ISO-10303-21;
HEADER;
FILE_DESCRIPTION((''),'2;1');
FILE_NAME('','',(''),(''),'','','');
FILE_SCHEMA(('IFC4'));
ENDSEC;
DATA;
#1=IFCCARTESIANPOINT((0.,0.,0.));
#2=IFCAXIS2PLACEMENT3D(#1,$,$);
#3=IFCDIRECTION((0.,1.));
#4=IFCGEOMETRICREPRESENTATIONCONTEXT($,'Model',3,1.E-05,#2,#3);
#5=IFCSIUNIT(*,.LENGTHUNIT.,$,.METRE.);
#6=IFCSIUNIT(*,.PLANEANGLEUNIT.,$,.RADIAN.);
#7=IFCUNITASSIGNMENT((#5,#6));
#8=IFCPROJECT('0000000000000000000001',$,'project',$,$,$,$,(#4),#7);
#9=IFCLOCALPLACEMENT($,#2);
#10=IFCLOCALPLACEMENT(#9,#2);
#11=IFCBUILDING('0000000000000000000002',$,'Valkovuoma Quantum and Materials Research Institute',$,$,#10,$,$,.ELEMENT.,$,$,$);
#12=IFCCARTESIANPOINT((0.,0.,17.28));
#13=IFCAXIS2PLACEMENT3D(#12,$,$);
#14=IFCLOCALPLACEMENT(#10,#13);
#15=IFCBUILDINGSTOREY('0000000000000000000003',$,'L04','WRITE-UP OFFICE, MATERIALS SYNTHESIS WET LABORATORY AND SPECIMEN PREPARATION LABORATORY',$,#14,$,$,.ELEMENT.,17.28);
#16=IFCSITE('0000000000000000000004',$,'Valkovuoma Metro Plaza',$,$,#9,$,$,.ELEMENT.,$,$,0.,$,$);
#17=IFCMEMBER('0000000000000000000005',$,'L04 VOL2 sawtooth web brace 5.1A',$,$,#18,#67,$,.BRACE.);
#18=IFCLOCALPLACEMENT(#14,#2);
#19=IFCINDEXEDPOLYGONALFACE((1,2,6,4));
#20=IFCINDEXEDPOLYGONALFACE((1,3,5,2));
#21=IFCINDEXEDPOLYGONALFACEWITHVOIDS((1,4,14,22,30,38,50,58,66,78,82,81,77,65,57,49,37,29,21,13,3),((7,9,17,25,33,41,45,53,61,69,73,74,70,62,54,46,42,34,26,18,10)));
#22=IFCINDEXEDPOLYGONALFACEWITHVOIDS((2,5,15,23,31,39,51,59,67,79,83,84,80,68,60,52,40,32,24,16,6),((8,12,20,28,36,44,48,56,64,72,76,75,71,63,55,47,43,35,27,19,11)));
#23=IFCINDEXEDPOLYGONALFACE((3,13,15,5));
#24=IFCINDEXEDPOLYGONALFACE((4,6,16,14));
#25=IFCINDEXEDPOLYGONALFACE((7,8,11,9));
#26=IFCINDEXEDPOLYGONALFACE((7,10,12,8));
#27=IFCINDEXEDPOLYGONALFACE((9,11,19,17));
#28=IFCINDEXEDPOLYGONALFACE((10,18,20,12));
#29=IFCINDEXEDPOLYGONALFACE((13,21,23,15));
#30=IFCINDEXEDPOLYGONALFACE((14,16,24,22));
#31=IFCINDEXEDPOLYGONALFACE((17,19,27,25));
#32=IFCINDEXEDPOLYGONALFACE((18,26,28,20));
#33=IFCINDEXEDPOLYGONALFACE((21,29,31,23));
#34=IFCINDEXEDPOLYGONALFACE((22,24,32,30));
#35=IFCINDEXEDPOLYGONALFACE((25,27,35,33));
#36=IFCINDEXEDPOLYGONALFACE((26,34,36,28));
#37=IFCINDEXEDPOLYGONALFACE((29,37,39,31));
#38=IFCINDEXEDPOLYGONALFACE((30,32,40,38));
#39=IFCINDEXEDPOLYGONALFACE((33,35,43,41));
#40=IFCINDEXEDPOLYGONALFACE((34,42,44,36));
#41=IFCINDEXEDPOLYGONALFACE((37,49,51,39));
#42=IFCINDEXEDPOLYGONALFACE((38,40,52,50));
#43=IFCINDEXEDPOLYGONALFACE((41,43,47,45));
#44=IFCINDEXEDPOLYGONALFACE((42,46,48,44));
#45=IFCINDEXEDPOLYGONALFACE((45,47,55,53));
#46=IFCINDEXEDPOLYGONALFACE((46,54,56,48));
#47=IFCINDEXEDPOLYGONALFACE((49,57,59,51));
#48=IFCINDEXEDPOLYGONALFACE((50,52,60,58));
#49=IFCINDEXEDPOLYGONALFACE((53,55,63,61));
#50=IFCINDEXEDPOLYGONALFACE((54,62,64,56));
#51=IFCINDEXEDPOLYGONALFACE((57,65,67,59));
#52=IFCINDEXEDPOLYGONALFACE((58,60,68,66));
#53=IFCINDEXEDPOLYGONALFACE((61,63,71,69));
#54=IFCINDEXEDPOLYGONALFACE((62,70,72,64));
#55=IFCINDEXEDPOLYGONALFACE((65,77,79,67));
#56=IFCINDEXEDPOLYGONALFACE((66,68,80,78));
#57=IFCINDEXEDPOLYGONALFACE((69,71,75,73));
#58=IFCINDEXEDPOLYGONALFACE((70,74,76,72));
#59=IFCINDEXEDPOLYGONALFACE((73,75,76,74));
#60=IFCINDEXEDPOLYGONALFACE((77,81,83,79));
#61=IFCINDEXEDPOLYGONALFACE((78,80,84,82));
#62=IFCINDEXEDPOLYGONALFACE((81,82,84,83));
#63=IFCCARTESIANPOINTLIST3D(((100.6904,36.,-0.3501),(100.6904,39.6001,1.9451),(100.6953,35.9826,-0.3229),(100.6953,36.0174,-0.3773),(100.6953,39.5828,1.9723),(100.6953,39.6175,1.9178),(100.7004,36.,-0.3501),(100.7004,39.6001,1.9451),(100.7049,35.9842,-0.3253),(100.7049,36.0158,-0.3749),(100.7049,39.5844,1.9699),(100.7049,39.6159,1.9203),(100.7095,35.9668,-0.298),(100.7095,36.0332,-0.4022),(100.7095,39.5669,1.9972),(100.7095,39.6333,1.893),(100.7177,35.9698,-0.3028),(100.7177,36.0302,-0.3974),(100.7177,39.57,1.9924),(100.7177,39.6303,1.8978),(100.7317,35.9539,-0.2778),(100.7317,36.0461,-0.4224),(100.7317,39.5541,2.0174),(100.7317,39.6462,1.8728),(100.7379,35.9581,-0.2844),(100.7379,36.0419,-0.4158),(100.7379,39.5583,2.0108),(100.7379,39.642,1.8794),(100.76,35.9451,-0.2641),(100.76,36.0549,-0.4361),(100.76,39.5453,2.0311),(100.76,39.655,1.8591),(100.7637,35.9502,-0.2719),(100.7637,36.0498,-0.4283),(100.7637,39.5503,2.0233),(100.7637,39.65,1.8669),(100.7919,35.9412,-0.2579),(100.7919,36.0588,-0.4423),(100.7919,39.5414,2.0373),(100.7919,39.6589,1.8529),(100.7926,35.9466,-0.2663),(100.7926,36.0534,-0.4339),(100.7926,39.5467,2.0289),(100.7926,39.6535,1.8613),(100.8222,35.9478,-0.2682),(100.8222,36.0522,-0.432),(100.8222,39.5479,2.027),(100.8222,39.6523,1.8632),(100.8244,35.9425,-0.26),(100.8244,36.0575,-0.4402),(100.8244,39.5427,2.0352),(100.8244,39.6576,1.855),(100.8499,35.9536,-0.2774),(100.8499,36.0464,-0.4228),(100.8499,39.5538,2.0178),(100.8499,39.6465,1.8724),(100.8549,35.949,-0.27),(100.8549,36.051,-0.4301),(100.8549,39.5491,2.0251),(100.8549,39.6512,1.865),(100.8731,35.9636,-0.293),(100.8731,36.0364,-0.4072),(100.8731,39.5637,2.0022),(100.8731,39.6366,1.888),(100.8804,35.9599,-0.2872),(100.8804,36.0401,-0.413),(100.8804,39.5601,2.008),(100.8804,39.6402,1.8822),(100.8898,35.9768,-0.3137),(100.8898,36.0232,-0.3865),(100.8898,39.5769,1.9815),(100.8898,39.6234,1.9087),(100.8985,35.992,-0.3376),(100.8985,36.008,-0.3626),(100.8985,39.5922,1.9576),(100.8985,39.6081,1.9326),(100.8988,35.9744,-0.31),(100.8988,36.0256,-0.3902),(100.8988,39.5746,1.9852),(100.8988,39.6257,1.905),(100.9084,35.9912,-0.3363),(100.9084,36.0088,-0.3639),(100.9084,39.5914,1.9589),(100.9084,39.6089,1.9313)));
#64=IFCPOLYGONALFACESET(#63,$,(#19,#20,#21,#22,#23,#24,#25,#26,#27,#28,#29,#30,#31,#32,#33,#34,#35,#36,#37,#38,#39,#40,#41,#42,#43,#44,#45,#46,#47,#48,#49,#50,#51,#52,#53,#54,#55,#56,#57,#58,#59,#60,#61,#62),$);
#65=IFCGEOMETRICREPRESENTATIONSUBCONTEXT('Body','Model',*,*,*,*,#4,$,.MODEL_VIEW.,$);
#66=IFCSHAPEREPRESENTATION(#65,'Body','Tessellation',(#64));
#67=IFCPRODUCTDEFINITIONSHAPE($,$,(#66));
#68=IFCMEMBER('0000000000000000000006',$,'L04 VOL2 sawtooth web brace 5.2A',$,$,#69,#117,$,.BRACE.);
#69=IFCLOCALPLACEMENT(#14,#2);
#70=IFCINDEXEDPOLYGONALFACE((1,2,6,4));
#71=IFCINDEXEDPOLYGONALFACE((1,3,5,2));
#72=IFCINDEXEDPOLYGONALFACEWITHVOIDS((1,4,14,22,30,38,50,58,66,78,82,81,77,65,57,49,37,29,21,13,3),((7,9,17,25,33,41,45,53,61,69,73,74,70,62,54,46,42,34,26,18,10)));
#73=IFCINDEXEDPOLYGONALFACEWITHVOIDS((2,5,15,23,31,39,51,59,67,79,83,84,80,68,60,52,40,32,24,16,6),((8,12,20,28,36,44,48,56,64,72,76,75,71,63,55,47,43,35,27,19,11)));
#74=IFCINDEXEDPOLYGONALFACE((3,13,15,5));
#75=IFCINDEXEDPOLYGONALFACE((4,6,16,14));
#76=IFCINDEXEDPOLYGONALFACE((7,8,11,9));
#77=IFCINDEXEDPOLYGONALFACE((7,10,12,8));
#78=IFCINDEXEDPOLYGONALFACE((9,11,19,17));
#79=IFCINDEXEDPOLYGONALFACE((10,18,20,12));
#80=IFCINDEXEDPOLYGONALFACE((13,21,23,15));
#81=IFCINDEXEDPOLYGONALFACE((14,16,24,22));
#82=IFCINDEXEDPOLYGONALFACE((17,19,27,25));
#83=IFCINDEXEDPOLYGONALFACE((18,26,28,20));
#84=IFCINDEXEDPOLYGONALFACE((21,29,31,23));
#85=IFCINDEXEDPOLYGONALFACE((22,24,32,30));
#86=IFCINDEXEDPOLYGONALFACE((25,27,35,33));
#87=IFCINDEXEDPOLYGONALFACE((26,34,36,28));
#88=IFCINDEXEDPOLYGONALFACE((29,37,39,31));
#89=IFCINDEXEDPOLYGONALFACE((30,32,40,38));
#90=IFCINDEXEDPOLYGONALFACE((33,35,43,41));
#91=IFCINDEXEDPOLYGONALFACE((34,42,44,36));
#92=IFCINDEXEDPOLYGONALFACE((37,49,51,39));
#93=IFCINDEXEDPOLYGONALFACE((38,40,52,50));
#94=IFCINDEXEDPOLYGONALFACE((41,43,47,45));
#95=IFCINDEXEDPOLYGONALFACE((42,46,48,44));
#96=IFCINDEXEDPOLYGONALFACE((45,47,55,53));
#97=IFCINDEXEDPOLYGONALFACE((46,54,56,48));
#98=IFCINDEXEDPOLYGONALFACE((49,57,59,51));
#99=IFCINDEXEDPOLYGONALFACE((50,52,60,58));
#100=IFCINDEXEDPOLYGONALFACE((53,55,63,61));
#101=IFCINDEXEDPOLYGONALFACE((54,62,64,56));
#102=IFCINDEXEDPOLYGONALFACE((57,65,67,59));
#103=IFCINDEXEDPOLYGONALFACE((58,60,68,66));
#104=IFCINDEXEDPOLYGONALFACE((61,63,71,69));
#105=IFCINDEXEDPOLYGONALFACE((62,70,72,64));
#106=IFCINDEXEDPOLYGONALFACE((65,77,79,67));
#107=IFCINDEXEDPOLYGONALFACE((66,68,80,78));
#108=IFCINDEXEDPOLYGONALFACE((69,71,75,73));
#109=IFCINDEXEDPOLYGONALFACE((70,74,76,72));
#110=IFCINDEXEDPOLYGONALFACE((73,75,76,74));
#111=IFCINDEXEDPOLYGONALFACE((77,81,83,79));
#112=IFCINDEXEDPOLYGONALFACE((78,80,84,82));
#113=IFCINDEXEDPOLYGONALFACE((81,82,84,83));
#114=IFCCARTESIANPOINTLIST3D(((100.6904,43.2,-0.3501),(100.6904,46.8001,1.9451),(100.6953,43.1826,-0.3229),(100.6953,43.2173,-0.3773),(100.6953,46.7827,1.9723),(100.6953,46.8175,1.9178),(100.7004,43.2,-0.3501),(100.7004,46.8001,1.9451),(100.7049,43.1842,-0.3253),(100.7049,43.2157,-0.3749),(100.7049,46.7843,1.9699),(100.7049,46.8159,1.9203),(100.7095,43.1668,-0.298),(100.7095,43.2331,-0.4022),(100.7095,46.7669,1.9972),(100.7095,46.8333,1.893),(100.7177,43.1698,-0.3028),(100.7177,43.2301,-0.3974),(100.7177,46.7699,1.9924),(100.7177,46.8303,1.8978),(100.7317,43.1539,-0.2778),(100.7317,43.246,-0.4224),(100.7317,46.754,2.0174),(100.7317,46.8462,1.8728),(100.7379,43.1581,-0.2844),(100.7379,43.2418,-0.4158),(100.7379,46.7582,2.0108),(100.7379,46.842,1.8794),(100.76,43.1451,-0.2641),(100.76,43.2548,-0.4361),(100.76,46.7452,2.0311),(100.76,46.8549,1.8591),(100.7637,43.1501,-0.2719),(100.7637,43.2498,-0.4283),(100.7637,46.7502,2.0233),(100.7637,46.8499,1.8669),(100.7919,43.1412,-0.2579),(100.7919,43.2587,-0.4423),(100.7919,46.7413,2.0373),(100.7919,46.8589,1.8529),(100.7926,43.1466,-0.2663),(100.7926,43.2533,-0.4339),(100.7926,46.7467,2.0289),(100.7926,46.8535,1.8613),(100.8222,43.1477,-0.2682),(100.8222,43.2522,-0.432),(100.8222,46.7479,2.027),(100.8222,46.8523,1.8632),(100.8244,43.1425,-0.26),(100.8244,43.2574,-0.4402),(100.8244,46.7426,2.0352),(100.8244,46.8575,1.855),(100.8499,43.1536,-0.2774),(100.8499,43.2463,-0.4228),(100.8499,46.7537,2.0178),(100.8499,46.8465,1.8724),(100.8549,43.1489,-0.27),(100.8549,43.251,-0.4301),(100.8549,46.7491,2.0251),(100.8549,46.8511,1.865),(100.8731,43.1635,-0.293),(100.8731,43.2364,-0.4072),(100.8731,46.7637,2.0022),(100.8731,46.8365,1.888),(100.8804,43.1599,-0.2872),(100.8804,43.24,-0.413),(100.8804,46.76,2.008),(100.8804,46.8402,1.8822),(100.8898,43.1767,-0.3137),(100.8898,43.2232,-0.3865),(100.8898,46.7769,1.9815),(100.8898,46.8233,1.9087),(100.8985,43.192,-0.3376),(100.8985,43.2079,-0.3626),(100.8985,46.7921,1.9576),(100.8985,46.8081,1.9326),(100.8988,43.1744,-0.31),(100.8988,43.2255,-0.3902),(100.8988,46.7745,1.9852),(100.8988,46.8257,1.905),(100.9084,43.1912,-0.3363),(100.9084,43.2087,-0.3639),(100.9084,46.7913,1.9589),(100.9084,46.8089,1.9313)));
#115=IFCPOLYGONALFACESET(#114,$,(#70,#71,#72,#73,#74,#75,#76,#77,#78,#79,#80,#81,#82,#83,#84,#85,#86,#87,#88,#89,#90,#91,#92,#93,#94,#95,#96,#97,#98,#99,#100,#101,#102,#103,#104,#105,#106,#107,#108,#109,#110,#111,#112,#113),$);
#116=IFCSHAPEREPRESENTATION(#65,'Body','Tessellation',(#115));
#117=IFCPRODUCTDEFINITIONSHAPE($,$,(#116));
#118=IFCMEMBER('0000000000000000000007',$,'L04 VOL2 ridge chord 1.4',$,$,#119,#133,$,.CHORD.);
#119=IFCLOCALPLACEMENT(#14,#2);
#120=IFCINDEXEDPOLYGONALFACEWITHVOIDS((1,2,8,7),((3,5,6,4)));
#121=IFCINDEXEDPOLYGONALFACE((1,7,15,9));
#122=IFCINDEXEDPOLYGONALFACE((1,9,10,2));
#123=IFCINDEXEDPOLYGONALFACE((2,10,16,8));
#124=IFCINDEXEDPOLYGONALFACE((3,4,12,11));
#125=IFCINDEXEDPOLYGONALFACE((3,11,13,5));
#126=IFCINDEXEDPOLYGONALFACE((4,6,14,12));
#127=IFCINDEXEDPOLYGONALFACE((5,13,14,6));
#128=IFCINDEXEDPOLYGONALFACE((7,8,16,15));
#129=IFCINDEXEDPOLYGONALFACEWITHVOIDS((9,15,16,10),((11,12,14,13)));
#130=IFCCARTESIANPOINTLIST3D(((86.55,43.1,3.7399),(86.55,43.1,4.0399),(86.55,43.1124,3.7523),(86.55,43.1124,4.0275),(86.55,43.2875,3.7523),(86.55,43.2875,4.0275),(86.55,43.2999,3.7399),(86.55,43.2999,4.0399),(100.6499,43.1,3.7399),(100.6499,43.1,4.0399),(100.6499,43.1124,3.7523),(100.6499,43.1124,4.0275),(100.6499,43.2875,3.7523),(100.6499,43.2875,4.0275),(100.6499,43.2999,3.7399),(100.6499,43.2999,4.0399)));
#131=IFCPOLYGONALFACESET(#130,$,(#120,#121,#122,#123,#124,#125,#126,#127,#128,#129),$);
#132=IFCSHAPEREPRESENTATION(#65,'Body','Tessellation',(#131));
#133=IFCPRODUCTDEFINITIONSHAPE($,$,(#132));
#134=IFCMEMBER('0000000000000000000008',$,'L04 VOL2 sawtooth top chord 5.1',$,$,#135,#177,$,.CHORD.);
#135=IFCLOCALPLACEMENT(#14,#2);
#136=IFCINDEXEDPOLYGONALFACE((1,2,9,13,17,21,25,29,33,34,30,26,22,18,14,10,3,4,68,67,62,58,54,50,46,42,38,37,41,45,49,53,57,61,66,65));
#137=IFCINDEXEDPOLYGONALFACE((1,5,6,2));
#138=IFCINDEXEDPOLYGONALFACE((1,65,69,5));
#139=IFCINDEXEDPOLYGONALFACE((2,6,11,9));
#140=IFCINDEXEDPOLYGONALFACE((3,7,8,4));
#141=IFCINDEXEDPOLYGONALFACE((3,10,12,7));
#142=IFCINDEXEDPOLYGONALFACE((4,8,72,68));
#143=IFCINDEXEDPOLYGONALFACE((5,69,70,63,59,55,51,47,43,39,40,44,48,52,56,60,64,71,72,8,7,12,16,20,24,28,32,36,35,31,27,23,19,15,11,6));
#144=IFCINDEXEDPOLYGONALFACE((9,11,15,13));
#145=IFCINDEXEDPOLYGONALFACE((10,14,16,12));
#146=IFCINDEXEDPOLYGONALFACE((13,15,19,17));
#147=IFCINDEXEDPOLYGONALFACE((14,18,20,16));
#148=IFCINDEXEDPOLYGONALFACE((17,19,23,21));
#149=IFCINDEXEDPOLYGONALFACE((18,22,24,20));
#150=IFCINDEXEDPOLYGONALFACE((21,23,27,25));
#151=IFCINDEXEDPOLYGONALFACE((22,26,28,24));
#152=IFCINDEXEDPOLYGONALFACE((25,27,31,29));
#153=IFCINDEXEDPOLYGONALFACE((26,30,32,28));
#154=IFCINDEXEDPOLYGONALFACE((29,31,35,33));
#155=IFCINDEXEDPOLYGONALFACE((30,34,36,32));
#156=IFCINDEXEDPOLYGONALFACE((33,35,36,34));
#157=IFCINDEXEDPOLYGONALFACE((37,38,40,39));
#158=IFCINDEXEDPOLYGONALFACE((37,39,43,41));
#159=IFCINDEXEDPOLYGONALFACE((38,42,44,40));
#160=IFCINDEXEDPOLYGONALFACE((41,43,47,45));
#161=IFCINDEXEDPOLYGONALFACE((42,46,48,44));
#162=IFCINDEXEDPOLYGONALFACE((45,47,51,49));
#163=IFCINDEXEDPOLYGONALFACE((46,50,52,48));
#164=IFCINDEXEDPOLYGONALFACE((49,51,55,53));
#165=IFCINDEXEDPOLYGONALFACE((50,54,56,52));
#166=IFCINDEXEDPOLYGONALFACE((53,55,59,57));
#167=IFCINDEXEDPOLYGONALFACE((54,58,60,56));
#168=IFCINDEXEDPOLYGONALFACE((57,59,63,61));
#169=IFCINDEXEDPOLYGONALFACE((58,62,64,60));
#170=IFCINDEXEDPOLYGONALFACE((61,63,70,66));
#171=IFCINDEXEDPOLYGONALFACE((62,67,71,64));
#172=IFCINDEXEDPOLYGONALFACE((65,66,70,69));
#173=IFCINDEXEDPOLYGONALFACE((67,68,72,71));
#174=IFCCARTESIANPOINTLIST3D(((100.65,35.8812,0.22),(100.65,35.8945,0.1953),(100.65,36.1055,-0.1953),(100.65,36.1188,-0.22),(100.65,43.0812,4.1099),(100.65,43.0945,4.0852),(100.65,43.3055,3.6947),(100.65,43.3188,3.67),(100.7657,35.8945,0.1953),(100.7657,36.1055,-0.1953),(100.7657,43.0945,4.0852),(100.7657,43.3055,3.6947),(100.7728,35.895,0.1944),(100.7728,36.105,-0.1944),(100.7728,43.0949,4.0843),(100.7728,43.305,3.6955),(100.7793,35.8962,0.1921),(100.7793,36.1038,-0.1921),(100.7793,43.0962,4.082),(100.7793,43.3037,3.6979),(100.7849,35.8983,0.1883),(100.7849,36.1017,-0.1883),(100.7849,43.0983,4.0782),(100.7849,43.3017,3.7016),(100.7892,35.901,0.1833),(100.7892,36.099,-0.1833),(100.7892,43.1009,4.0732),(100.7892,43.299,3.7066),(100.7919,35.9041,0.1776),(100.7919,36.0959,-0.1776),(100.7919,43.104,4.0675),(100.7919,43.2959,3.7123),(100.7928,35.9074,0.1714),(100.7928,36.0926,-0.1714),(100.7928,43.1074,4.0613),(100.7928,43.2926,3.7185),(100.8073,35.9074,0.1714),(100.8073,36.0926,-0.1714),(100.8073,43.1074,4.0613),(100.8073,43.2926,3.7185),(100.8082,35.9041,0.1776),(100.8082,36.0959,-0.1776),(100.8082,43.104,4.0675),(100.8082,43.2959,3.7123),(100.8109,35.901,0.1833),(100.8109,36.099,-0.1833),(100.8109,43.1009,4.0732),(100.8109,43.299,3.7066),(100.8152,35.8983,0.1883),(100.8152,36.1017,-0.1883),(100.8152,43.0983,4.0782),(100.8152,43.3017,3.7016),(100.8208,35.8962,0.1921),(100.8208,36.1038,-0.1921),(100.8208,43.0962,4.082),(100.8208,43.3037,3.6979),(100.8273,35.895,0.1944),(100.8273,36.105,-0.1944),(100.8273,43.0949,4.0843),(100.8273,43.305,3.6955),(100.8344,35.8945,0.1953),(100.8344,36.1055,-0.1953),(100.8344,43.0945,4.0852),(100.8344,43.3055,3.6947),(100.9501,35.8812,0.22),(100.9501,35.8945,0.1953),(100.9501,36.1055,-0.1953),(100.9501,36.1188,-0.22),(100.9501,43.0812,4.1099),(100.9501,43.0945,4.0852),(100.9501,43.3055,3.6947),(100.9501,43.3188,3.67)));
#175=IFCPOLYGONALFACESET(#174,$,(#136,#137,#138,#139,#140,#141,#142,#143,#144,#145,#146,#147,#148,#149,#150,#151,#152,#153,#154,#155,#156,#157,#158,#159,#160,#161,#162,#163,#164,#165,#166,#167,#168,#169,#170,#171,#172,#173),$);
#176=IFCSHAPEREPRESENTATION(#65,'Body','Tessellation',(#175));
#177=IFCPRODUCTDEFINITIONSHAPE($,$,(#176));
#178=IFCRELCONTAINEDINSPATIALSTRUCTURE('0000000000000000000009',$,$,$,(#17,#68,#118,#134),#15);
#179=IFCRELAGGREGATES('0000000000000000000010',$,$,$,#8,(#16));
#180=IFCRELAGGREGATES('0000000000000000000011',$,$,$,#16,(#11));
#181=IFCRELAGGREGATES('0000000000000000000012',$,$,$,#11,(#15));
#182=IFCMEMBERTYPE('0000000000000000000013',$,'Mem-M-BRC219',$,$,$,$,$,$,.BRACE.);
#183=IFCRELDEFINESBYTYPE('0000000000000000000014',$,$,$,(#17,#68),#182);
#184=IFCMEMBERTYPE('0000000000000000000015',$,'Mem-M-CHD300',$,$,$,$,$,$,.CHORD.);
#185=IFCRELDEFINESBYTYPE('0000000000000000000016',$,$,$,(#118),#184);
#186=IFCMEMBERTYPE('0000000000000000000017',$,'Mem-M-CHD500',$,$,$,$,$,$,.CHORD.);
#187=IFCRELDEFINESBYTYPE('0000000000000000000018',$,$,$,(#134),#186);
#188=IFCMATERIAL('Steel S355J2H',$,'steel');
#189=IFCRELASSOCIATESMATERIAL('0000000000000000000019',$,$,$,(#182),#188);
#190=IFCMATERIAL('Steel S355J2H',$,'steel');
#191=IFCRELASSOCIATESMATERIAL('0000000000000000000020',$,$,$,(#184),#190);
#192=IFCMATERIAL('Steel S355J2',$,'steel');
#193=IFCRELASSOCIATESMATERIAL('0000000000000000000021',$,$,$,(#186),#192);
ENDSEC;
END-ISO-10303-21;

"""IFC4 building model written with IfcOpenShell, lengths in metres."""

from ifc_helpers import new_model, si_unit, direction, frame, origin, origin_2d, place, context, subcontext, project, spatial, hollow_rectangle, hollow_circle, i_section, extrude, material, material_profile, profile_set, type_object, element, save


model = new_model("IFC4")

# Units and contexts
model_context = context("Model", 3, precision=1e-05, world=origin(), true_north=direction((0.0, 1.0)))
body_context = subcontext(model_context, "Body", "Model", "MODEL_VIEW")
ifc_project = project(units=[si_unit("LENGTHUNIT", "METRE"), si_unit("PLANEANGLEUNIT", "RADIAN")], contexts=[model_context])

# Site, building, storey
site_placement = place(None, origin())
site = spatial("IfcSite", under=ifc_project, at=site_placement, Name="Valkovuoma Metro Plaza", CompositionType="ELEMENT", RefElevation=0.0)
building_placement = place(site_placement, origin())
building = spatial("IfcBuilding", under=site, at=building_placement, Name="Valkovuoma Quantum and Materials Research Institute", CompositionType="ELEMENT")
storey_placement = place(building_placement, frame((0.0, 0.0, 17.28)))
storey = spatial("IfcBuildingStorey", under=building, at=storey_placement, Name="L04", Description="WRITE-UP OFFICE, MATERIALS SYNTHESIS WET LABORATORY AND SPECIMEN PREPARATION LABORATORY", CompositionType="ELEMENT", Elevation=17.28)

# Members
ifc_material_1 = material(Name="Steel S355J2H", Category="steel")
ifc_material_profile_1 = material_profile(ifc_material_1, hollow_circle(Radius=0.1096, WallThickness=0.01, at=origin_2d()), Name="Steel S355J2H")
ifc_profile_set_1 = profile_set([ifc_material_profile_1], Name="Steel S355J2H")
member_type_1 = type_object("IfcMemberType", Name="Mem-M-BRC219", PredefinedType="BRACE", material=ifc_profile_set_1)
for number, where, z_axis, x_axis, name in (
    (1, (100.8, 36.0, -0.3501), (0.0, 0.843216, 0.537575), (-1.0, 0.0, 0.0), "L04 VOL2 sawtooth web brace 5.1A"),
    (2, (100.8, 43.2, -0.3501), (0.0, 0.843216, 0.537575), (-1.0, 0.0, 0.0), "L04 VOL2 sawtooth web brace 5.2A"),
):
    element("IfcMember", number, at=place(storey_placement, frame(where, z_axis=z_axis, x_axis=x_axis)), inside=storey, type_object=member_type_1, Name=name, PredefinedType="BRACE", context=body_context, shape_type="SweptSolid", body=[
        extrude(hollow_circle(Radius=0.1096, WallThickness=0.01, at=origin_2d()), origin(), (0.0, 0.0, 1.0), 4.2695),
    ])
ifc_material_2 = material(Name="Steel S355J2H", Category="steel")
ifc_material_profile_2 = material_profile(ifc_material_2, hollow_rectangle(XDim=0.2, YDim=0.3, WallThickness=0.0125, at=origin_2d()), Name="Steel S355J2H")
ifc_profile_set_2 = profile_set([ifc_material_profile_2], Name="Steel S355J2H")
member_type_2 = type_object("IfcMemberType", Name="Mem-M-CHD300", PredefinedType="CHORD", material=ifc_profile_set_2)
member_1_placement = place(storey_placement, frame((86.55, 43.2, 3.8899), z_axis=(1.0, 0.0, 0.0), x_axis=(0.0, 1.0, 0.0)))
element("IfcMember", 3, at=member_1_placement, inside=storey, type_object=member_type_2, Name="L04 VOL2 ridge chord 1.4", PredefinedType="CHORD", context=body_context, shape_type="SweptSolid", body=[
    extrude(hollow_rectangle(XDim=0.2, YDim=0.3, WallThickness=0.0125, at=origin_2d()), origin(), (0.0, 0.0, 1.0), 14.0999),
])
ifc_material_3 = material(Name="Steel S355J2", Category="steel")
ifc_material_profile_3 = material_profile(ifc_material_3, i_section(OverallWidth=0.3, OverallDepth=0.5, WebThickness=0.0144, FlangeThickness=0.0281, FilletRadius=0.0271, at=origin_2d()), Name="Steel S355J2")
ifc_profile_set_3 = profile_set([ifc_material_profile_3], Name="Steel S355J2")
member_type_3 = type_object("IfcMemberType", Name="Mem-M-CHD500", PredefinedType="CHORD", material=ifc_profile_set_3)
for number, where, z_axis, x_axis, name in (
    (4, (100.8, 36.0, 0.0), (0.0, 0.879807, 0.47533), (-1.0, 0.0, 0.0), "L04 VOL2 sawtooth top chord 5.1"),
):
    element("IfcMember", number, at=place(storey_placement, frame(where, z_axis=z_axis, x_axis=x_axis)), inside=storey, type_object=member_type_3, Name=name, PredefinedType="CHORD", context=body_context, shape_type="SweptSolid", body=[
        extrude(i_section(OverallWidth=0.3, OverallDepth=0.5, WebThickness=0.0144, FlangeThickness=0.0281, FilletRadius=0.0271, at=origin_2d()), origin(), (0.0, 0.0, 1.0), 8.1836),
    ])

save(model, "model.ifc")
